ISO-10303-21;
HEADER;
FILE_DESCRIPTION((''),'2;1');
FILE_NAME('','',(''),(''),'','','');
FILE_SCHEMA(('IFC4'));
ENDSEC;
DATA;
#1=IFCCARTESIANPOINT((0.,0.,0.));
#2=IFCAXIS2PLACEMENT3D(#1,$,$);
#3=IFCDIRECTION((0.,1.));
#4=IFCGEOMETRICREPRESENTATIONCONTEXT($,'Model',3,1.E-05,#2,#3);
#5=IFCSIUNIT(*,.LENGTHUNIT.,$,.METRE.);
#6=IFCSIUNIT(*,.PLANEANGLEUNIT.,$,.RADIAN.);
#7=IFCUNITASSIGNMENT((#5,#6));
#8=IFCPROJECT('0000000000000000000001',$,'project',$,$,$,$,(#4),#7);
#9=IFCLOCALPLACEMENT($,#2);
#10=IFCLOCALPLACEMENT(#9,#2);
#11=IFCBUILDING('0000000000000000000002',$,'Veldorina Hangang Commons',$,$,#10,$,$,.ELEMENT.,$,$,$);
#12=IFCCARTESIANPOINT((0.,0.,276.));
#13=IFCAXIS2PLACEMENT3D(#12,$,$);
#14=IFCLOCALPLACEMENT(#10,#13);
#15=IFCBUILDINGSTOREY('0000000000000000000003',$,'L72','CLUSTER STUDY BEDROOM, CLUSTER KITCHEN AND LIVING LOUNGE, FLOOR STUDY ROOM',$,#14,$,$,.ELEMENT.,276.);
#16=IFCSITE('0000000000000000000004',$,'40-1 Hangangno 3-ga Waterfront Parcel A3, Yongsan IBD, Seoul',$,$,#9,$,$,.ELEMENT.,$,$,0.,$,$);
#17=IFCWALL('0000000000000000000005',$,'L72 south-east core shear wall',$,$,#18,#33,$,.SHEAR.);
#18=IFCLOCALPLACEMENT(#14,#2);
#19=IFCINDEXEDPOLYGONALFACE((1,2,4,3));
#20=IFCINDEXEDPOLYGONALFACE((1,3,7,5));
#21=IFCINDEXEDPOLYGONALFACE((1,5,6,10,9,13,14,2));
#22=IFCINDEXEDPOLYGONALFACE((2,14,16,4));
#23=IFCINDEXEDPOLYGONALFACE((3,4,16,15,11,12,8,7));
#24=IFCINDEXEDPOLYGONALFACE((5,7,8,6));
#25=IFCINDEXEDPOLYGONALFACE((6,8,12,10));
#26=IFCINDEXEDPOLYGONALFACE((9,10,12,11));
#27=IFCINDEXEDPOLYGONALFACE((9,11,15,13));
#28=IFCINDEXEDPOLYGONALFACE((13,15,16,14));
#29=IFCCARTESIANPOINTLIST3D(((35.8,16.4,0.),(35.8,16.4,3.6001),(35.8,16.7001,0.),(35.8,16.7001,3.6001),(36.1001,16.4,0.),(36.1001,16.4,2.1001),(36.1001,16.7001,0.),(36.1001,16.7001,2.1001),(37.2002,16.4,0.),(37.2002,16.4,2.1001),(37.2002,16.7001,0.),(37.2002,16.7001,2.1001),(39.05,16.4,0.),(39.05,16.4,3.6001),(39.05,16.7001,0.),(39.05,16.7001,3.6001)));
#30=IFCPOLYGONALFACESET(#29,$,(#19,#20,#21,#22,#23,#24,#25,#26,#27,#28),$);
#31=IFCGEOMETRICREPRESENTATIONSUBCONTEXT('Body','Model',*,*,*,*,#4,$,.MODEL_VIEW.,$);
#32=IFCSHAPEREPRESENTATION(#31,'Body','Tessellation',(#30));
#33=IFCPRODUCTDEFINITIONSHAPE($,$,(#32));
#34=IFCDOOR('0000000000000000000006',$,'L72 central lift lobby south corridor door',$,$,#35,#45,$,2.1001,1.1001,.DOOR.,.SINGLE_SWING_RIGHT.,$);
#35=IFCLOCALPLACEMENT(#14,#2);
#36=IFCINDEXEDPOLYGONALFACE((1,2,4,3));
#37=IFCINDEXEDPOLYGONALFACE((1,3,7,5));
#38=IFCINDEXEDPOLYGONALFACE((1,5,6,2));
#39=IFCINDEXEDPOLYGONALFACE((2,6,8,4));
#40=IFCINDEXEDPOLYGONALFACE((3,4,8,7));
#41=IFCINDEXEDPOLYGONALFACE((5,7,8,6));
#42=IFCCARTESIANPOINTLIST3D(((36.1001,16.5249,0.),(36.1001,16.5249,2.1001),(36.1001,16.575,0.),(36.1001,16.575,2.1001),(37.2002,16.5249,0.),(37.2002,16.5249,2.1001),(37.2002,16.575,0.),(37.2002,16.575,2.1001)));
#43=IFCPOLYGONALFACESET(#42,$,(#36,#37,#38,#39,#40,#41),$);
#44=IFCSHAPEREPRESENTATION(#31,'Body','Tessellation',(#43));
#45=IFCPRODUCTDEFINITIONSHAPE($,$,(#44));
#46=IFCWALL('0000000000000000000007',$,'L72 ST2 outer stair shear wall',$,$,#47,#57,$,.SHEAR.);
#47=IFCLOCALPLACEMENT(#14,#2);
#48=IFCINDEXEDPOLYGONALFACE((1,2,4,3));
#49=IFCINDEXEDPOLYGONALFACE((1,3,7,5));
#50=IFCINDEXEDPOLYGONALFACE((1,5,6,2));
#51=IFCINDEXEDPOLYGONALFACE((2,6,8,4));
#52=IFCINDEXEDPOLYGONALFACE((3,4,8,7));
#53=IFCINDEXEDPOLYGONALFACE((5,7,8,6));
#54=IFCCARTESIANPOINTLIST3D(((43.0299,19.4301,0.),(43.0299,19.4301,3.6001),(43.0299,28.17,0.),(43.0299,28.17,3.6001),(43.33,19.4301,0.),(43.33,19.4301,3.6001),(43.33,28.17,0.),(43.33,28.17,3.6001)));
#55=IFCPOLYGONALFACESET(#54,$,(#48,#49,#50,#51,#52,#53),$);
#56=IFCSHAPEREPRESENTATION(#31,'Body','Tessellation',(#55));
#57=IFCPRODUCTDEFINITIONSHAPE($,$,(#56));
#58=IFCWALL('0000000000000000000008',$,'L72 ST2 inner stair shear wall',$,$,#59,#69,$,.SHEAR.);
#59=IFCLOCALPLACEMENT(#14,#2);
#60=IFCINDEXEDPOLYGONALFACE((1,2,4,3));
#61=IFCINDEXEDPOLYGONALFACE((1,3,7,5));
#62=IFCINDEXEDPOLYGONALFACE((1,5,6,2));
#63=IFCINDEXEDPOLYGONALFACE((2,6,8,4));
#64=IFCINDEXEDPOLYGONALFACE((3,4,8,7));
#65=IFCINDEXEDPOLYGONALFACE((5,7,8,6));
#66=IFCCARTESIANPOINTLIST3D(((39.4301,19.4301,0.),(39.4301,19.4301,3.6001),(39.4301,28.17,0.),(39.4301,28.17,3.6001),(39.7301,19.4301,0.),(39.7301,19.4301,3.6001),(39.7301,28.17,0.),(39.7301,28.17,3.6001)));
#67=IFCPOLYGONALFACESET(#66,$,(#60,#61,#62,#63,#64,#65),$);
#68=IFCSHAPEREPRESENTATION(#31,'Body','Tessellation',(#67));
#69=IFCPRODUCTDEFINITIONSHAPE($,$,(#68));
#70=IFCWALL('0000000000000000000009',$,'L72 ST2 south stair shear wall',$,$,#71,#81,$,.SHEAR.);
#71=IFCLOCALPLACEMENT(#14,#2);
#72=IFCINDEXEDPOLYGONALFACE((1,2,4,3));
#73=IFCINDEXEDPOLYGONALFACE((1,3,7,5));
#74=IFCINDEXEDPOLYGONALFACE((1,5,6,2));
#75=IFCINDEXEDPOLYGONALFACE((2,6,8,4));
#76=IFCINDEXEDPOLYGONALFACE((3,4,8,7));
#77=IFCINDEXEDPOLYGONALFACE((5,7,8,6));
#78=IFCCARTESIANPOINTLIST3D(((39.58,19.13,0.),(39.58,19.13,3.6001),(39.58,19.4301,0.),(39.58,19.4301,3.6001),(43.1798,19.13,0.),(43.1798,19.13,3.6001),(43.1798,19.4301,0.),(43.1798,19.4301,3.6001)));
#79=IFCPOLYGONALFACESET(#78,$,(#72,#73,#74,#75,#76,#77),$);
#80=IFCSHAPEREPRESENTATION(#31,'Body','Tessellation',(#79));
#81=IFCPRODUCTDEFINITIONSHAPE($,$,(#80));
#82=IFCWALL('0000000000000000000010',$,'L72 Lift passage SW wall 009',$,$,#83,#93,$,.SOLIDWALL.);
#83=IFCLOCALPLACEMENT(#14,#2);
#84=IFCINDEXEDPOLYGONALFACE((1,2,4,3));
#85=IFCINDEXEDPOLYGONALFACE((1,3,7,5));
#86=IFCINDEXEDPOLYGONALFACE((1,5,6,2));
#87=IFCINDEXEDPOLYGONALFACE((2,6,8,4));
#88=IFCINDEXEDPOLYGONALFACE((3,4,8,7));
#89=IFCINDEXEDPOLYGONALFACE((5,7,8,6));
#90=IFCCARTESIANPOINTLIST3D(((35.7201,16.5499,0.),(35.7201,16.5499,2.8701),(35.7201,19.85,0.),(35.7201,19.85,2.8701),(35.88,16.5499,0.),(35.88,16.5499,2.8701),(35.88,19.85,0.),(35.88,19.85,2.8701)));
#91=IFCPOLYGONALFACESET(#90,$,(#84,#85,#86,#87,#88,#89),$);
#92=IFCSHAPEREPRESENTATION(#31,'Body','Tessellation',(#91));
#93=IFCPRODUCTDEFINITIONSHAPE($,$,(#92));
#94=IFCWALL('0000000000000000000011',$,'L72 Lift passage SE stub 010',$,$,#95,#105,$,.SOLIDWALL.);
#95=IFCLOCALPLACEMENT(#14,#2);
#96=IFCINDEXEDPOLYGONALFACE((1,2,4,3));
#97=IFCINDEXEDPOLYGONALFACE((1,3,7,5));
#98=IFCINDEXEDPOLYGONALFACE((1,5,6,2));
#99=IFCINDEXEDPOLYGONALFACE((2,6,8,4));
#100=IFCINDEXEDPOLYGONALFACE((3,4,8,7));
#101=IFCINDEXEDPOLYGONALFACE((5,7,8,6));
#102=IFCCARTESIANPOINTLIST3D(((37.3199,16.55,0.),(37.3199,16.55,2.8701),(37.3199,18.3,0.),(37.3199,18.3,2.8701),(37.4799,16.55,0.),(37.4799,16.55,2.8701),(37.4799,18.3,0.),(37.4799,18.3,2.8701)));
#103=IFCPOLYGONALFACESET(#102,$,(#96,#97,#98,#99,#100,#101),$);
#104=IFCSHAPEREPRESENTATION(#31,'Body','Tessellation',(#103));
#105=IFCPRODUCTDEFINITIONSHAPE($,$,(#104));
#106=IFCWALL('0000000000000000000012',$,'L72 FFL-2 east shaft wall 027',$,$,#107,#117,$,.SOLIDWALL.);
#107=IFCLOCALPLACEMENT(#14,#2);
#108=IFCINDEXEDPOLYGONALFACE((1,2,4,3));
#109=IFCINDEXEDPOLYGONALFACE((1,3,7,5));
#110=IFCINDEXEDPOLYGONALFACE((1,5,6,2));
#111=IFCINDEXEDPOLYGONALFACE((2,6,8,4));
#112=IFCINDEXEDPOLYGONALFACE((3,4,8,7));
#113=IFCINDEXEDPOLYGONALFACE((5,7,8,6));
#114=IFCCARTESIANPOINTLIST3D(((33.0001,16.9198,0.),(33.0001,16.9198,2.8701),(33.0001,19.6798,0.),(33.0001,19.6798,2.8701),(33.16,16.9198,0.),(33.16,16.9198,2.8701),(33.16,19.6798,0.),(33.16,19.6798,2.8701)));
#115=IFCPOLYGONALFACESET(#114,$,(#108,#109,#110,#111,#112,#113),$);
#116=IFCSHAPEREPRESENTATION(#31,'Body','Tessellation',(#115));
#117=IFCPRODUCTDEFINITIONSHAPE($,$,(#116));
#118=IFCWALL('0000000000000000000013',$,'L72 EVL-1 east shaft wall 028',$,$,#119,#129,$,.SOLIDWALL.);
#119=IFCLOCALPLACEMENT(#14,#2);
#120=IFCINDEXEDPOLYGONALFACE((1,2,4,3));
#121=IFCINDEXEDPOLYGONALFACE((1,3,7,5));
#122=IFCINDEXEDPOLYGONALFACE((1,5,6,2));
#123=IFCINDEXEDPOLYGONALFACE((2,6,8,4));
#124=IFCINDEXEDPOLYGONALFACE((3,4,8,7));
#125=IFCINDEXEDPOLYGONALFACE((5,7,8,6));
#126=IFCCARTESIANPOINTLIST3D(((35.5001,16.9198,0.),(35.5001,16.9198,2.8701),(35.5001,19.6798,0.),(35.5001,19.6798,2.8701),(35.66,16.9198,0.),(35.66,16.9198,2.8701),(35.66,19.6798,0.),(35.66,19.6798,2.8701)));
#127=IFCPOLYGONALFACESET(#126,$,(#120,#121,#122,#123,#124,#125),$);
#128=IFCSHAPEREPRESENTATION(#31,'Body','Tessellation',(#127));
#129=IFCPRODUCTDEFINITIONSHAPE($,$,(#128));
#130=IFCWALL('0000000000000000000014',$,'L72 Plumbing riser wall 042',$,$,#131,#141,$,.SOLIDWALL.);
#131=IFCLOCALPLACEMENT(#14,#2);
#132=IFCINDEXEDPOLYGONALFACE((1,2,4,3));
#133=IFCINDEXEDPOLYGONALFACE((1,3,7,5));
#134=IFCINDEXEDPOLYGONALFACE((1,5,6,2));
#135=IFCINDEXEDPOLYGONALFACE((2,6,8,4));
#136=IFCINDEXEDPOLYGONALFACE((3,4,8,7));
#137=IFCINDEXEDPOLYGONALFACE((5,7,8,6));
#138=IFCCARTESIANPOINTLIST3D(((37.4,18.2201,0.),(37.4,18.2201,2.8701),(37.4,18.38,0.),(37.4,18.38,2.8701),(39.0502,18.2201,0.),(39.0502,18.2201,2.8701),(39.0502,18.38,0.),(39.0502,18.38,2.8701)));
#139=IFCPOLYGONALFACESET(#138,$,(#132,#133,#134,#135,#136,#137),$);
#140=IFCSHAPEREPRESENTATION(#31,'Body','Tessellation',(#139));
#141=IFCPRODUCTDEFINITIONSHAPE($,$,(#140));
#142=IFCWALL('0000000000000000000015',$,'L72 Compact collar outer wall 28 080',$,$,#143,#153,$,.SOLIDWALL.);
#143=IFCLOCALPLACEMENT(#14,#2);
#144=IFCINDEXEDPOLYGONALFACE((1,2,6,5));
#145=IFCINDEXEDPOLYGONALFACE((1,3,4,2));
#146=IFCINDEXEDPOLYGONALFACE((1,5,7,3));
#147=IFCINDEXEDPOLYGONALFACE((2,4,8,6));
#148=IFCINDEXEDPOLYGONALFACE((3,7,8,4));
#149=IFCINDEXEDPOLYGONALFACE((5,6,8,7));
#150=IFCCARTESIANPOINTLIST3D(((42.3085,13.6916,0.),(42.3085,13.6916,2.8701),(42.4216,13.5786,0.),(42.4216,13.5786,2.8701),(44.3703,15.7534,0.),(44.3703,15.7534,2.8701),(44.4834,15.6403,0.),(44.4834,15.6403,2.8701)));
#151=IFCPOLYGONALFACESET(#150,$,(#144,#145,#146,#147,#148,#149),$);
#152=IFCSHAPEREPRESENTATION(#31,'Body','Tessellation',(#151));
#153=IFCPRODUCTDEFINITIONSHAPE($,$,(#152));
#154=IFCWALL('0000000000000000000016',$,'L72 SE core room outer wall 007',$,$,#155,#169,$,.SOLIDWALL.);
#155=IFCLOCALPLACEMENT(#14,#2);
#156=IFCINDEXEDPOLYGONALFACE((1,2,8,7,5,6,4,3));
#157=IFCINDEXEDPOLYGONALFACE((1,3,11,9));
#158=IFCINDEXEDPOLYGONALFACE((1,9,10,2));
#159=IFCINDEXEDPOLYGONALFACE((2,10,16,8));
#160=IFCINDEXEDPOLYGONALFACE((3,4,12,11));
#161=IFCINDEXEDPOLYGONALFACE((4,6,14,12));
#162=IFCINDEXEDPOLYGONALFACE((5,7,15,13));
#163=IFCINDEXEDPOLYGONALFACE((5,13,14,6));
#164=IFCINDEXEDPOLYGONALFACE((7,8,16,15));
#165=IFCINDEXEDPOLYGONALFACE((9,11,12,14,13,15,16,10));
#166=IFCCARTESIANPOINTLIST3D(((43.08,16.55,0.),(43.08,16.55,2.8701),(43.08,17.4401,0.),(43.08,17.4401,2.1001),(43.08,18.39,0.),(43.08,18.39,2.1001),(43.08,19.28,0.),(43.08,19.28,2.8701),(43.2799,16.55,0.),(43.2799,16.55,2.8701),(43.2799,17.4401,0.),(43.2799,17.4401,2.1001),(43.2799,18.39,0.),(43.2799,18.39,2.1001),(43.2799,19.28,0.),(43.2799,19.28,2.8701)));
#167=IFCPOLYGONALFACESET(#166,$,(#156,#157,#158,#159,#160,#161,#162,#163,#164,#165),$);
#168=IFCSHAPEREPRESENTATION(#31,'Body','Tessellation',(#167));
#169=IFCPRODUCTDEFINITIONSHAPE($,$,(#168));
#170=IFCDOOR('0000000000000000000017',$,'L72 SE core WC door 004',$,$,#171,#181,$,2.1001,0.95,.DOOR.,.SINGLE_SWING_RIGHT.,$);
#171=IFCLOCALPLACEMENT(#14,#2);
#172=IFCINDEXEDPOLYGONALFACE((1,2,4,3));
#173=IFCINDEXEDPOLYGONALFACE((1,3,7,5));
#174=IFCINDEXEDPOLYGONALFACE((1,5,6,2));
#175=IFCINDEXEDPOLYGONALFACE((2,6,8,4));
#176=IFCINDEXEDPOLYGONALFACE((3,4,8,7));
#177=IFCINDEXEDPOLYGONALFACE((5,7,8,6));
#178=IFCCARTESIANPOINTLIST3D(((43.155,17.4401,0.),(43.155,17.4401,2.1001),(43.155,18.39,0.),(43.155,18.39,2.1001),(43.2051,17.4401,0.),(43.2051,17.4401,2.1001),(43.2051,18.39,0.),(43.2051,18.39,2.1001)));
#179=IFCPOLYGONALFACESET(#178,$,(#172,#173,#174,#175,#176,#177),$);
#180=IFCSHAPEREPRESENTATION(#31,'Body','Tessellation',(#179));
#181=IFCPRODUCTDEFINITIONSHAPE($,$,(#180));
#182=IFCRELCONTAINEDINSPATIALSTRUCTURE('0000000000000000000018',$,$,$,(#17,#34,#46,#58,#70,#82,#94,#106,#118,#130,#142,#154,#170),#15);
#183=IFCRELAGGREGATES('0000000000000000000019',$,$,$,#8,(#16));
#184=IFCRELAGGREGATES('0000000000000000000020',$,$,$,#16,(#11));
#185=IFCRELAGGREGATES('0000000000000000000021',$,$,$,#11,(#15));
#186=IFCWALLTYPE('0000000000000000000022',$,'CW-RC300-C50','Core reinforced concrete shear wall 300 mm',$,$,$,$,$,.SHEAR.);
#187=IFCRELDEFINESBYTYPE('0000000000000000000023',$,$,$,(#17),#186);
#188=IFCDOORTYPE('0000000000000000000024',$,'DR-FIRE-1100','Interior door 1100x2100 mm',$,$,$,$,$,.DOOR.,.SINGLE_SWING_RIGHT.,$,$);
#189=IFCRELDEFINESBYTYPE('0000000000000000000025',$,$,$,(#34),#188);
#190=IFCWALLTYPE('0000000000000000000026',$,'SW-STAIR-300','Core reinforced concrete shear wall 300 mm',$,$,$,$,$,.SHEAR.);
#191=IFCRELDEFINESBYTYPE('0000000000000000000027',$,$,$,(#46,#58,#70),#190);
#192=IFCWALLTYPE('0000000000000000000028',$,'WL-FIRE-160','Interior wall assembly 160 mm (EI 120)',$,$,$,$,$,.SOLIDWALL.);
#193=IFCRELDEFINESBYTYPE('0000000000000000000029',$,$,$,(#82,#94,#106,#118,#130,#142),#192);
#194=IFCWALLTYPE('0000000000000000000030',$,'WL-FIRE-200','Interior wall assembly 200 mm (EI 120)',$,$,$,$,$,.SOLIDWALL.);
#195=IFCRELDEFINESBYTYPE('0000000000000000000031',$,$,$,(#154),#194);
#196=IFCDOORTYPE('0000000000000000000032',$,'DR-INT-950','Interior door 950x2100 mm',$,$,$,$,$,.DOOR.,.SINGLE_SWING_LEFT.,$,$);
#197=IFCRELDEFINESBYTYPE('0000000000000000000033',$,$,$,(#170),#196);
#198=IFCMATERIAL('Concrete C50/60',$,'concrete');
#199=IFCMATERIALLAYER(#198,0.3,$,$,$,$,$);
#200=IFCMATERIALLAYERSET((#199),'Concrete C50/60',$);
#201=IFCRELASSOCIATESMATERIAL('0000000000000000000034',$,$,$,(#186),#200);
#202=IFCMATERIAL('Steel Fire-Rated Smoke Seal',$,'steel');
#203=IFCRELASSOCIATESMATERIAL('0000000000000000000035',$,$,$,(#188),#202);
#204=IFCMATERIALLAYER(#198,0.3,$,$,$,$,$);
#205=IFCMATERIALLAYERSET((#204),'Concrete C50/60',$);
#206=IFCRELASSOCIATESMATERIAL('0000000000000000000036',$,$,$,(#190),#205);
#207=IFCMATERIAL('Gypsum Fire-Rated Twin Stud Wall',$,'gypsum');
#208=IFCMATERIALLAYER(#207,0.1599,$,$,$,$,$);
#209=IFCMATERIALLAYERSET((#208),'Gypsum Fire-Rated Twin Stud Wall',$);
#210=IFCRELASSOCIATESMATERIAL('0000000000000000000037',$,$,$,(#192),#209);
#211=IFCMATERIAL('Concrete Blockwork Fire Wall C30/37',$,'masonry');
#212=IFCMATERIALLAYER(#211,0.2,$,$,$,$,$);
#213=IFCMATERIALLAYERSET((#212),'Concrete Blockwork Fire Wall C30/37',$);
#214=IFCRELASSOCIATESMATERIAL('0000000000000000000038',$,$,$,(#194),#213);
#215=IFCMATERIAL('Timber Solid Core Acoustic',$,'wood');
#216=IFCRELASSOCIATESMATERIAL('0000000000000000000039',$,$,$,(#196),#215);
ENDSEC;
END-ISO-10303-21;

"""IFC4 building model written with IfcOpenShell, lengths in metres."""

from ifc_helpers import new_model, si_unit, direction, frame, frame_2d, origin, place, context, subcontext, project, spatial, rectangle, extrude, material, layer, layer_set, type_object, element, fill, save


model = new_model("IFC4")

# Units and contexts
model_context = context("Model", 3, precision=1e-05, world=origin(), true_north=direction((0.0, 1.0)))
body_context = subcontext(model_context, "Body", "Model", "MODEL_VIEW")
ifc_project = project(units=[si_unit("LENGTHUNIT", "METRE"), si_unit("PLANEANGLEUNIT", "RADIAN")], contexts=[model_context])

# Site, building, storey
site_placement = place(None, origin())
site = spatial("IfcSite", under=ifc_project, at=site_placement, Name="40-1 Hangangno 3-ga Waterfront Parcel A3, Yongsan IBD, Seoul", CompositionType="ELEMENT", RefElevation=0.0)
building_placement = place(site_placement, origin())
building = spatial("IfcBuilding", under=site, at=building_placement, Name="Veldorina Hangang Commons", CompositionType="ELEMENT")
storey_placement = place(building_placement, frame((0.0, 0.0, 276.0)))
storey = spatial("IfcBuildingStorey", under=building, at=storey_placement, Name="L72", Description="CLUSTER STUDY BEDROOM, CLUSTER KITCHEN AND LIVING LOUNGE, FLOOR STUDY ROOM", CompositionType="ELEMENT", Elevation=276.0)

# Shared definitions
ifc_material_1 = material(Name="Concrete C50/60", Category="concrete")

# Shared definitions
ifc_layer_1 = layer(ifc_material_1, 0.3)
ifc_layer_set_1 = layer_set([ifc_layer_1], Name="Concrete C50/60")
wall_type_1 = type_object("IfcWallType", Name="CW-RC300-C50", Description="Core reinforced concrete shear wall 300 mm", PredefinedType="SHEAR", material=ifc_layer_set_1)

# Wall, opening, door
wall_1_placement = place(storey_placement, frame((35.8, 16.55, 0.0), z_axis=(0.0, 0.0, 1.0), x_axis=(1.0, 0.0, 0.0)))
wall_1 = element("IfcWall", 1, at=wall_1_placement, inside=storey, type_object=wall_type_1, Name="L72 south-east core shear wall", PredefinedType="SHEAR", context=body_context, shape_type="SweptSolid", body=[
    extrude(rectangle(XDim=3.25, YDim=0.3, at=frame_2d((1.625, 0.0))), origin(), (0.0, 0.0, 1.0), 3.6001),
])
opening_1_placement = place(wall_1_placement, frame((0.3, 0.0, 0.0)))
opening_1 = element("IfcOpeningElement", 2, at=opening_1_placement, cuts=wall_1, PredefinedType="OPENING", context=body_context, shape_type="SweptSolid", body=[
    extrude(rectangle(XDim=1.1001, YDim=2.1001, at=frame_2d((0.55, 1.05))), frame((0.0, 0.1602, 0.0), z_axis=(0.0, -1.0, 0.0), x_axis=(1.0, 0.0, 0.0)), (0.0, 0.0, 1.0), 0.3201),
])
ifc_material_2 = material(Name="Steel Fire-Rated Smoke Seal", Category="steel")
door_type_1 = type_object("IfcDoorType", Name="DR-FIRE-1100", Description="Interior door 1100x2100 mm", OperationType="SINGLE_SWING_RIGHT", PredefinedType="DOOR", material=ifc_material_2)
door_1_placement = place(opening_1_placement, origin())
door_1 = element("IfcDoor", 3, at=door_1_placement, inside=storey, type_object=door_type_1, Name="L72 central lift lobby south corridor door", OperationType="SINGLE_SWING_RIGHT", OverallHeight=2.1001, OverallWidth=1.1001, PredefinedType="DOOR", context=body_context, shape_type="SweptSolid", body=[
    extrude(rectangle(XDim=1.1001, YDim=2.1001, at=frame_2d((0.55, 1.05))), frame((0.0, 0.0249, 0.0), z_axis=(0.0, -1.0, 0.0), x_axis=(1.0, 0.0, 0.0)), (0.0, 0.0, 1.0), 0.05),
])
fill(opening_1, door_1)

# Walls
ifc_layer_2 = layer(ifc_material_1, 0.3)
ifc_layer_set_2 = layer_set([ifc_layer_2], Name="Concrete C50/60")
wall_type_2 = type_object("IfcWallType", Name="SW-STAIR-300", Description="Core reinforced concrete shear wall 300 mm", PredefinedType="SHEAR", material=ifc_layer_set_2)
for number, where, z_axis, x_axis, name in (
    (4, (43.1799, 19.4299, 0.0), (0.0, 0.0, 1.0), (0.0, 1.0, 0.0), "L72 ST2 outer stair shear wall"),
    (5, (39.5801, 19.4299, 0.0), (0.0, 0.0, 1.0), (0.0, 1.0, 0.0), "L72 ST2 inner stair shear wall"),
):
    element("IfcWall", number, at=place(storey_placement, frame(where, z_axis=z_axis, x_axis=x_axis)), inside=storey, type_object=wall_type_2, Name=name, PredefinedType="SHEAR", context=body_context, shape_type="SweptSolid", body=[
        extrude(rectangle(XDim=8.74, YDim=0.3, at=frame_2d((4.3701, 0.0))), origin(), (0.0, 0.0, 1.0), 3.6001),
    ])
wall_2_placement = place(storey_placement, frame((39.5801, 19.28, 0.0), z_axis=(0.0, 0.0, 1.0), x_axis=(1.0, 0.0, 0.0)))
element("IfcWall", 6, at=wall_2_placement, inside=storey, type_object=wall_type_2, Name="L72 ST2 south stair shear wall", PredefinedType="SHEAR", context=body_context, shape_type="SweptSolid", body=[
    extrude(rectangle(XDim=3.5999, YDim=0.3, at=frame_2d((1.7998, 0.0))), origin(), (0.0, 0.0, 1.0), 3.6001),
])
ifc_material_3 = material(Name="Gypsum Fire-Rated Twin Stud Wall", Category="gypsum")
ifc_layer_3 = layer(ifc_material_3, 0.1599)
ifc_layer_set_3 = layer_set([ifc_layer_3], Name="Gypsum Fire-Rated Twin Stud Wall")
wall_type_3 = type_object("IfcWallType", Name="WL-FIRE-160", Description="Interior wall assembly 160 mm (EI 120)", PredefinedType="SOLIDWALL", material=ifc_layer_set_3)
wall_3_placement = place(storey_placement, frame((35.8, 16.55, 0.0), z_axis=(0.0, 0.0, 1.0), x_axis=(0.0, 1.0, 0.0)))
element("IfcWall", 7, at=wall_3_placement, inside=storey, type_object=wall_type_3, Name="L72 Lift passage SW wall 009", PredefinedType="SOLIDWALL", context=body_context, shape_type="SweptSolid", body=[
    extrude(rectangle(XDim=3.3, YDim=0.1599, at=frame_2d((1.6499, 0.0))), origin(), (0.0, 0.0, 1.0), 2.8701),
])
wall_4_placement = place(storey_placement, frame((37.3999, 16.55, 0.0), z_axis=(0.0, 0.0, 1.0), x_axis=(0.0, 1.0, 0.0)))
element("IfcWall", 8, at=wall_4_placement, inside=storey, type_object=wall_type_3, Name="L72 Lift passage SE stub 010", PredefinedType="SOLIDWALL", context=body_context, shape_type="SweptSolid", body=[
    extrude(rectangle(XDim=1.75, YDim=0.1599, at=frame_2d((0.875, 0.0))), origin(), (0.0, 0.0, 1.0), 2.8701),
])
for number, where, z_axis, x_axis, name in (
    (9, (33.0801, 16.9199, 0.0), (0.0, 0.0, 1.0), (0.0, 1.0, 0.0), "L72 FFL-2 east shaft wall 027"),
    (10, (35.5801, 16.9199, 0.0), (0.0, 0.0, 1.0), (0.0, 1.0, 0.0), "L72 EVL-1 east shaft wall 028"),
):
    element("IfcWall", number, at=place(storey_placement, frame(where, z_axis=z_axis, x_axis=x_axis)), inside=storey, type_object=wall_type_3, Name=name, PredefinedType="SOLIDWALL", context=body_context, shape_type="SweptSolid", body=[
        extrude(rectangle(XDim=2.76, YDim=0.1599, at=frame_2d((1.3799, 0.0))), origin(), (0.0, 0.0, 1.0), 2.8701),
    ])
wall_5_placement = place(storey_placement, frame((37.3999, 18.3, 0.0), z_axis=(0.0, 0.0, 1.0), x_axis=(1.0, 0.0, 0.0)))
element("IfcWall", 11, at=wall_5_placement, inside=storey, type_object=wall_type_3, Name="L72 Plumbing riser wall 042", PredefinedType="SOLIDWALL", context=body_context, shape_type="SweptSolid", body=[
    extrude(rectangle(XDim=1.6501, YDim=0.1599, at=frame_2d((0.8252, 0.0))), origin(), (0.0, 0.0, 1.0), 2.8701),
])
wall_6_placement = place(storey_placement, frame((42.365, 13.635, 0.0), z_axis=(0.0, 0.0, 1.0), x_axis=(0.707107, 0.707107, 0.0)))
element("IfcWall", 12, at=wall_6_placement, inside=storey, type_object=wall_type_3, Name="L72 Compact collar outer wall 28 080", PredefinedType="SOLIDWALL", context=body_context, shape_type="SweptSolid", body=[
    extrude(rectangle(XDim=2.9158, YDim=0.1599, at=frame_2d((1.458, 0.0))), origin(), (0.0, 0.0, 1.0), 2.8701),
])

# Wall, opening, door
ifc_material_4 = material(Name="Concrete Blockwork Fire Wall C30/37", Category="masonry")
ifc_layer_4 = layer(ifc_material_4, 0.2)
ifc_layer_set_4 = layer_set([ifc_layer_4], Name="Concrete Blockwork Fire Wall C30/37")
wall_type_4 = type_object("IfcWallType", Name="WL-FIRE-200", Description="Interior wall assembly 200 mm (EI 120)", PredefinedType="SOLIDWALL", material=ifc_layer_set_4)
wall_7_placement = place(storey_placement, frame((43.1799, 16.55, 0.0), z_axis=(0.0, 0.0, 1.0), x_axis=(0.0, 1.0, 0.0)))
wall_7 = element("IfcWall", 13, at=wall_7_placement, inside=storey, type_object=wall_type_4, Name="L72 SE core room outer wall 007", PredefinedType="SOLIDWALL", context=body_context, shape_type="SweptSolid", body=[
    extrude(rectangle(XDim=2.73, YDim=0.2, at=frame_2d((1.365, 0.0))), origin(), (0.0, 0.0, 1.0), 2.8701),
])
opening_2_placement = place(wall_7_placement, frame((0.8899, 0.0, 0.0)))
opening_2 = element("IfcOpeningElement", 14, at=opening_2_placement, cuts=wall_7, PredefinedType="OPENING", context=body_context, shape_type="SweptSolid", body=[
    extrude(rectangle(XDim=0.95, YDim=2.1001, at=frame_2d((0.4751, 1.05))), frame((0.0, 0.1099, 0.0), z_axis=(0.0, -1.0, 0.0), x_axis=(1.0, 0.0, 0.0)), (0.0, 0.0, 1.0), 0.22),
])
ifc_material_5 = material(Name="Timber Solid Core Acoustic", Category="wood")
door_type_2 = type_object("IfcDoorType", Name="DR-INT-950", Description="Interior door 950x2100 mm", OperationType="SINGLE_SWING_LEFT", PredefinedType="DOOR", material=ifc_material_5)
door_2_placement = place(opening_2_placement, origin())
door_2 = element("IfcDoor", 15, at=door_2_placement, inside=storey, type_object=door_type_2, Name="L72 SE core WC door 004", OperationType="SINGLE_SWING_RIGHT", OverallHeight=2.1001, OverallWidth=0.95, PredefinedType="DOOR", context=body_context, shape_type="SweptSolid", body=[
    extrude(rectangle(XDim=0.95, YDim=2.1001, at=frame_2d((0.4751, 1.05))), frame((0.0, 0.0249, 0.0), z_axis=(0.0, -1.0, 0.0), x_axis=(1.0, 0.0, 0.0)), (0.0, 0.0, 1.0), 0.05),
])
fill(opening_2, door_2)

save(model, "model.ifc")
